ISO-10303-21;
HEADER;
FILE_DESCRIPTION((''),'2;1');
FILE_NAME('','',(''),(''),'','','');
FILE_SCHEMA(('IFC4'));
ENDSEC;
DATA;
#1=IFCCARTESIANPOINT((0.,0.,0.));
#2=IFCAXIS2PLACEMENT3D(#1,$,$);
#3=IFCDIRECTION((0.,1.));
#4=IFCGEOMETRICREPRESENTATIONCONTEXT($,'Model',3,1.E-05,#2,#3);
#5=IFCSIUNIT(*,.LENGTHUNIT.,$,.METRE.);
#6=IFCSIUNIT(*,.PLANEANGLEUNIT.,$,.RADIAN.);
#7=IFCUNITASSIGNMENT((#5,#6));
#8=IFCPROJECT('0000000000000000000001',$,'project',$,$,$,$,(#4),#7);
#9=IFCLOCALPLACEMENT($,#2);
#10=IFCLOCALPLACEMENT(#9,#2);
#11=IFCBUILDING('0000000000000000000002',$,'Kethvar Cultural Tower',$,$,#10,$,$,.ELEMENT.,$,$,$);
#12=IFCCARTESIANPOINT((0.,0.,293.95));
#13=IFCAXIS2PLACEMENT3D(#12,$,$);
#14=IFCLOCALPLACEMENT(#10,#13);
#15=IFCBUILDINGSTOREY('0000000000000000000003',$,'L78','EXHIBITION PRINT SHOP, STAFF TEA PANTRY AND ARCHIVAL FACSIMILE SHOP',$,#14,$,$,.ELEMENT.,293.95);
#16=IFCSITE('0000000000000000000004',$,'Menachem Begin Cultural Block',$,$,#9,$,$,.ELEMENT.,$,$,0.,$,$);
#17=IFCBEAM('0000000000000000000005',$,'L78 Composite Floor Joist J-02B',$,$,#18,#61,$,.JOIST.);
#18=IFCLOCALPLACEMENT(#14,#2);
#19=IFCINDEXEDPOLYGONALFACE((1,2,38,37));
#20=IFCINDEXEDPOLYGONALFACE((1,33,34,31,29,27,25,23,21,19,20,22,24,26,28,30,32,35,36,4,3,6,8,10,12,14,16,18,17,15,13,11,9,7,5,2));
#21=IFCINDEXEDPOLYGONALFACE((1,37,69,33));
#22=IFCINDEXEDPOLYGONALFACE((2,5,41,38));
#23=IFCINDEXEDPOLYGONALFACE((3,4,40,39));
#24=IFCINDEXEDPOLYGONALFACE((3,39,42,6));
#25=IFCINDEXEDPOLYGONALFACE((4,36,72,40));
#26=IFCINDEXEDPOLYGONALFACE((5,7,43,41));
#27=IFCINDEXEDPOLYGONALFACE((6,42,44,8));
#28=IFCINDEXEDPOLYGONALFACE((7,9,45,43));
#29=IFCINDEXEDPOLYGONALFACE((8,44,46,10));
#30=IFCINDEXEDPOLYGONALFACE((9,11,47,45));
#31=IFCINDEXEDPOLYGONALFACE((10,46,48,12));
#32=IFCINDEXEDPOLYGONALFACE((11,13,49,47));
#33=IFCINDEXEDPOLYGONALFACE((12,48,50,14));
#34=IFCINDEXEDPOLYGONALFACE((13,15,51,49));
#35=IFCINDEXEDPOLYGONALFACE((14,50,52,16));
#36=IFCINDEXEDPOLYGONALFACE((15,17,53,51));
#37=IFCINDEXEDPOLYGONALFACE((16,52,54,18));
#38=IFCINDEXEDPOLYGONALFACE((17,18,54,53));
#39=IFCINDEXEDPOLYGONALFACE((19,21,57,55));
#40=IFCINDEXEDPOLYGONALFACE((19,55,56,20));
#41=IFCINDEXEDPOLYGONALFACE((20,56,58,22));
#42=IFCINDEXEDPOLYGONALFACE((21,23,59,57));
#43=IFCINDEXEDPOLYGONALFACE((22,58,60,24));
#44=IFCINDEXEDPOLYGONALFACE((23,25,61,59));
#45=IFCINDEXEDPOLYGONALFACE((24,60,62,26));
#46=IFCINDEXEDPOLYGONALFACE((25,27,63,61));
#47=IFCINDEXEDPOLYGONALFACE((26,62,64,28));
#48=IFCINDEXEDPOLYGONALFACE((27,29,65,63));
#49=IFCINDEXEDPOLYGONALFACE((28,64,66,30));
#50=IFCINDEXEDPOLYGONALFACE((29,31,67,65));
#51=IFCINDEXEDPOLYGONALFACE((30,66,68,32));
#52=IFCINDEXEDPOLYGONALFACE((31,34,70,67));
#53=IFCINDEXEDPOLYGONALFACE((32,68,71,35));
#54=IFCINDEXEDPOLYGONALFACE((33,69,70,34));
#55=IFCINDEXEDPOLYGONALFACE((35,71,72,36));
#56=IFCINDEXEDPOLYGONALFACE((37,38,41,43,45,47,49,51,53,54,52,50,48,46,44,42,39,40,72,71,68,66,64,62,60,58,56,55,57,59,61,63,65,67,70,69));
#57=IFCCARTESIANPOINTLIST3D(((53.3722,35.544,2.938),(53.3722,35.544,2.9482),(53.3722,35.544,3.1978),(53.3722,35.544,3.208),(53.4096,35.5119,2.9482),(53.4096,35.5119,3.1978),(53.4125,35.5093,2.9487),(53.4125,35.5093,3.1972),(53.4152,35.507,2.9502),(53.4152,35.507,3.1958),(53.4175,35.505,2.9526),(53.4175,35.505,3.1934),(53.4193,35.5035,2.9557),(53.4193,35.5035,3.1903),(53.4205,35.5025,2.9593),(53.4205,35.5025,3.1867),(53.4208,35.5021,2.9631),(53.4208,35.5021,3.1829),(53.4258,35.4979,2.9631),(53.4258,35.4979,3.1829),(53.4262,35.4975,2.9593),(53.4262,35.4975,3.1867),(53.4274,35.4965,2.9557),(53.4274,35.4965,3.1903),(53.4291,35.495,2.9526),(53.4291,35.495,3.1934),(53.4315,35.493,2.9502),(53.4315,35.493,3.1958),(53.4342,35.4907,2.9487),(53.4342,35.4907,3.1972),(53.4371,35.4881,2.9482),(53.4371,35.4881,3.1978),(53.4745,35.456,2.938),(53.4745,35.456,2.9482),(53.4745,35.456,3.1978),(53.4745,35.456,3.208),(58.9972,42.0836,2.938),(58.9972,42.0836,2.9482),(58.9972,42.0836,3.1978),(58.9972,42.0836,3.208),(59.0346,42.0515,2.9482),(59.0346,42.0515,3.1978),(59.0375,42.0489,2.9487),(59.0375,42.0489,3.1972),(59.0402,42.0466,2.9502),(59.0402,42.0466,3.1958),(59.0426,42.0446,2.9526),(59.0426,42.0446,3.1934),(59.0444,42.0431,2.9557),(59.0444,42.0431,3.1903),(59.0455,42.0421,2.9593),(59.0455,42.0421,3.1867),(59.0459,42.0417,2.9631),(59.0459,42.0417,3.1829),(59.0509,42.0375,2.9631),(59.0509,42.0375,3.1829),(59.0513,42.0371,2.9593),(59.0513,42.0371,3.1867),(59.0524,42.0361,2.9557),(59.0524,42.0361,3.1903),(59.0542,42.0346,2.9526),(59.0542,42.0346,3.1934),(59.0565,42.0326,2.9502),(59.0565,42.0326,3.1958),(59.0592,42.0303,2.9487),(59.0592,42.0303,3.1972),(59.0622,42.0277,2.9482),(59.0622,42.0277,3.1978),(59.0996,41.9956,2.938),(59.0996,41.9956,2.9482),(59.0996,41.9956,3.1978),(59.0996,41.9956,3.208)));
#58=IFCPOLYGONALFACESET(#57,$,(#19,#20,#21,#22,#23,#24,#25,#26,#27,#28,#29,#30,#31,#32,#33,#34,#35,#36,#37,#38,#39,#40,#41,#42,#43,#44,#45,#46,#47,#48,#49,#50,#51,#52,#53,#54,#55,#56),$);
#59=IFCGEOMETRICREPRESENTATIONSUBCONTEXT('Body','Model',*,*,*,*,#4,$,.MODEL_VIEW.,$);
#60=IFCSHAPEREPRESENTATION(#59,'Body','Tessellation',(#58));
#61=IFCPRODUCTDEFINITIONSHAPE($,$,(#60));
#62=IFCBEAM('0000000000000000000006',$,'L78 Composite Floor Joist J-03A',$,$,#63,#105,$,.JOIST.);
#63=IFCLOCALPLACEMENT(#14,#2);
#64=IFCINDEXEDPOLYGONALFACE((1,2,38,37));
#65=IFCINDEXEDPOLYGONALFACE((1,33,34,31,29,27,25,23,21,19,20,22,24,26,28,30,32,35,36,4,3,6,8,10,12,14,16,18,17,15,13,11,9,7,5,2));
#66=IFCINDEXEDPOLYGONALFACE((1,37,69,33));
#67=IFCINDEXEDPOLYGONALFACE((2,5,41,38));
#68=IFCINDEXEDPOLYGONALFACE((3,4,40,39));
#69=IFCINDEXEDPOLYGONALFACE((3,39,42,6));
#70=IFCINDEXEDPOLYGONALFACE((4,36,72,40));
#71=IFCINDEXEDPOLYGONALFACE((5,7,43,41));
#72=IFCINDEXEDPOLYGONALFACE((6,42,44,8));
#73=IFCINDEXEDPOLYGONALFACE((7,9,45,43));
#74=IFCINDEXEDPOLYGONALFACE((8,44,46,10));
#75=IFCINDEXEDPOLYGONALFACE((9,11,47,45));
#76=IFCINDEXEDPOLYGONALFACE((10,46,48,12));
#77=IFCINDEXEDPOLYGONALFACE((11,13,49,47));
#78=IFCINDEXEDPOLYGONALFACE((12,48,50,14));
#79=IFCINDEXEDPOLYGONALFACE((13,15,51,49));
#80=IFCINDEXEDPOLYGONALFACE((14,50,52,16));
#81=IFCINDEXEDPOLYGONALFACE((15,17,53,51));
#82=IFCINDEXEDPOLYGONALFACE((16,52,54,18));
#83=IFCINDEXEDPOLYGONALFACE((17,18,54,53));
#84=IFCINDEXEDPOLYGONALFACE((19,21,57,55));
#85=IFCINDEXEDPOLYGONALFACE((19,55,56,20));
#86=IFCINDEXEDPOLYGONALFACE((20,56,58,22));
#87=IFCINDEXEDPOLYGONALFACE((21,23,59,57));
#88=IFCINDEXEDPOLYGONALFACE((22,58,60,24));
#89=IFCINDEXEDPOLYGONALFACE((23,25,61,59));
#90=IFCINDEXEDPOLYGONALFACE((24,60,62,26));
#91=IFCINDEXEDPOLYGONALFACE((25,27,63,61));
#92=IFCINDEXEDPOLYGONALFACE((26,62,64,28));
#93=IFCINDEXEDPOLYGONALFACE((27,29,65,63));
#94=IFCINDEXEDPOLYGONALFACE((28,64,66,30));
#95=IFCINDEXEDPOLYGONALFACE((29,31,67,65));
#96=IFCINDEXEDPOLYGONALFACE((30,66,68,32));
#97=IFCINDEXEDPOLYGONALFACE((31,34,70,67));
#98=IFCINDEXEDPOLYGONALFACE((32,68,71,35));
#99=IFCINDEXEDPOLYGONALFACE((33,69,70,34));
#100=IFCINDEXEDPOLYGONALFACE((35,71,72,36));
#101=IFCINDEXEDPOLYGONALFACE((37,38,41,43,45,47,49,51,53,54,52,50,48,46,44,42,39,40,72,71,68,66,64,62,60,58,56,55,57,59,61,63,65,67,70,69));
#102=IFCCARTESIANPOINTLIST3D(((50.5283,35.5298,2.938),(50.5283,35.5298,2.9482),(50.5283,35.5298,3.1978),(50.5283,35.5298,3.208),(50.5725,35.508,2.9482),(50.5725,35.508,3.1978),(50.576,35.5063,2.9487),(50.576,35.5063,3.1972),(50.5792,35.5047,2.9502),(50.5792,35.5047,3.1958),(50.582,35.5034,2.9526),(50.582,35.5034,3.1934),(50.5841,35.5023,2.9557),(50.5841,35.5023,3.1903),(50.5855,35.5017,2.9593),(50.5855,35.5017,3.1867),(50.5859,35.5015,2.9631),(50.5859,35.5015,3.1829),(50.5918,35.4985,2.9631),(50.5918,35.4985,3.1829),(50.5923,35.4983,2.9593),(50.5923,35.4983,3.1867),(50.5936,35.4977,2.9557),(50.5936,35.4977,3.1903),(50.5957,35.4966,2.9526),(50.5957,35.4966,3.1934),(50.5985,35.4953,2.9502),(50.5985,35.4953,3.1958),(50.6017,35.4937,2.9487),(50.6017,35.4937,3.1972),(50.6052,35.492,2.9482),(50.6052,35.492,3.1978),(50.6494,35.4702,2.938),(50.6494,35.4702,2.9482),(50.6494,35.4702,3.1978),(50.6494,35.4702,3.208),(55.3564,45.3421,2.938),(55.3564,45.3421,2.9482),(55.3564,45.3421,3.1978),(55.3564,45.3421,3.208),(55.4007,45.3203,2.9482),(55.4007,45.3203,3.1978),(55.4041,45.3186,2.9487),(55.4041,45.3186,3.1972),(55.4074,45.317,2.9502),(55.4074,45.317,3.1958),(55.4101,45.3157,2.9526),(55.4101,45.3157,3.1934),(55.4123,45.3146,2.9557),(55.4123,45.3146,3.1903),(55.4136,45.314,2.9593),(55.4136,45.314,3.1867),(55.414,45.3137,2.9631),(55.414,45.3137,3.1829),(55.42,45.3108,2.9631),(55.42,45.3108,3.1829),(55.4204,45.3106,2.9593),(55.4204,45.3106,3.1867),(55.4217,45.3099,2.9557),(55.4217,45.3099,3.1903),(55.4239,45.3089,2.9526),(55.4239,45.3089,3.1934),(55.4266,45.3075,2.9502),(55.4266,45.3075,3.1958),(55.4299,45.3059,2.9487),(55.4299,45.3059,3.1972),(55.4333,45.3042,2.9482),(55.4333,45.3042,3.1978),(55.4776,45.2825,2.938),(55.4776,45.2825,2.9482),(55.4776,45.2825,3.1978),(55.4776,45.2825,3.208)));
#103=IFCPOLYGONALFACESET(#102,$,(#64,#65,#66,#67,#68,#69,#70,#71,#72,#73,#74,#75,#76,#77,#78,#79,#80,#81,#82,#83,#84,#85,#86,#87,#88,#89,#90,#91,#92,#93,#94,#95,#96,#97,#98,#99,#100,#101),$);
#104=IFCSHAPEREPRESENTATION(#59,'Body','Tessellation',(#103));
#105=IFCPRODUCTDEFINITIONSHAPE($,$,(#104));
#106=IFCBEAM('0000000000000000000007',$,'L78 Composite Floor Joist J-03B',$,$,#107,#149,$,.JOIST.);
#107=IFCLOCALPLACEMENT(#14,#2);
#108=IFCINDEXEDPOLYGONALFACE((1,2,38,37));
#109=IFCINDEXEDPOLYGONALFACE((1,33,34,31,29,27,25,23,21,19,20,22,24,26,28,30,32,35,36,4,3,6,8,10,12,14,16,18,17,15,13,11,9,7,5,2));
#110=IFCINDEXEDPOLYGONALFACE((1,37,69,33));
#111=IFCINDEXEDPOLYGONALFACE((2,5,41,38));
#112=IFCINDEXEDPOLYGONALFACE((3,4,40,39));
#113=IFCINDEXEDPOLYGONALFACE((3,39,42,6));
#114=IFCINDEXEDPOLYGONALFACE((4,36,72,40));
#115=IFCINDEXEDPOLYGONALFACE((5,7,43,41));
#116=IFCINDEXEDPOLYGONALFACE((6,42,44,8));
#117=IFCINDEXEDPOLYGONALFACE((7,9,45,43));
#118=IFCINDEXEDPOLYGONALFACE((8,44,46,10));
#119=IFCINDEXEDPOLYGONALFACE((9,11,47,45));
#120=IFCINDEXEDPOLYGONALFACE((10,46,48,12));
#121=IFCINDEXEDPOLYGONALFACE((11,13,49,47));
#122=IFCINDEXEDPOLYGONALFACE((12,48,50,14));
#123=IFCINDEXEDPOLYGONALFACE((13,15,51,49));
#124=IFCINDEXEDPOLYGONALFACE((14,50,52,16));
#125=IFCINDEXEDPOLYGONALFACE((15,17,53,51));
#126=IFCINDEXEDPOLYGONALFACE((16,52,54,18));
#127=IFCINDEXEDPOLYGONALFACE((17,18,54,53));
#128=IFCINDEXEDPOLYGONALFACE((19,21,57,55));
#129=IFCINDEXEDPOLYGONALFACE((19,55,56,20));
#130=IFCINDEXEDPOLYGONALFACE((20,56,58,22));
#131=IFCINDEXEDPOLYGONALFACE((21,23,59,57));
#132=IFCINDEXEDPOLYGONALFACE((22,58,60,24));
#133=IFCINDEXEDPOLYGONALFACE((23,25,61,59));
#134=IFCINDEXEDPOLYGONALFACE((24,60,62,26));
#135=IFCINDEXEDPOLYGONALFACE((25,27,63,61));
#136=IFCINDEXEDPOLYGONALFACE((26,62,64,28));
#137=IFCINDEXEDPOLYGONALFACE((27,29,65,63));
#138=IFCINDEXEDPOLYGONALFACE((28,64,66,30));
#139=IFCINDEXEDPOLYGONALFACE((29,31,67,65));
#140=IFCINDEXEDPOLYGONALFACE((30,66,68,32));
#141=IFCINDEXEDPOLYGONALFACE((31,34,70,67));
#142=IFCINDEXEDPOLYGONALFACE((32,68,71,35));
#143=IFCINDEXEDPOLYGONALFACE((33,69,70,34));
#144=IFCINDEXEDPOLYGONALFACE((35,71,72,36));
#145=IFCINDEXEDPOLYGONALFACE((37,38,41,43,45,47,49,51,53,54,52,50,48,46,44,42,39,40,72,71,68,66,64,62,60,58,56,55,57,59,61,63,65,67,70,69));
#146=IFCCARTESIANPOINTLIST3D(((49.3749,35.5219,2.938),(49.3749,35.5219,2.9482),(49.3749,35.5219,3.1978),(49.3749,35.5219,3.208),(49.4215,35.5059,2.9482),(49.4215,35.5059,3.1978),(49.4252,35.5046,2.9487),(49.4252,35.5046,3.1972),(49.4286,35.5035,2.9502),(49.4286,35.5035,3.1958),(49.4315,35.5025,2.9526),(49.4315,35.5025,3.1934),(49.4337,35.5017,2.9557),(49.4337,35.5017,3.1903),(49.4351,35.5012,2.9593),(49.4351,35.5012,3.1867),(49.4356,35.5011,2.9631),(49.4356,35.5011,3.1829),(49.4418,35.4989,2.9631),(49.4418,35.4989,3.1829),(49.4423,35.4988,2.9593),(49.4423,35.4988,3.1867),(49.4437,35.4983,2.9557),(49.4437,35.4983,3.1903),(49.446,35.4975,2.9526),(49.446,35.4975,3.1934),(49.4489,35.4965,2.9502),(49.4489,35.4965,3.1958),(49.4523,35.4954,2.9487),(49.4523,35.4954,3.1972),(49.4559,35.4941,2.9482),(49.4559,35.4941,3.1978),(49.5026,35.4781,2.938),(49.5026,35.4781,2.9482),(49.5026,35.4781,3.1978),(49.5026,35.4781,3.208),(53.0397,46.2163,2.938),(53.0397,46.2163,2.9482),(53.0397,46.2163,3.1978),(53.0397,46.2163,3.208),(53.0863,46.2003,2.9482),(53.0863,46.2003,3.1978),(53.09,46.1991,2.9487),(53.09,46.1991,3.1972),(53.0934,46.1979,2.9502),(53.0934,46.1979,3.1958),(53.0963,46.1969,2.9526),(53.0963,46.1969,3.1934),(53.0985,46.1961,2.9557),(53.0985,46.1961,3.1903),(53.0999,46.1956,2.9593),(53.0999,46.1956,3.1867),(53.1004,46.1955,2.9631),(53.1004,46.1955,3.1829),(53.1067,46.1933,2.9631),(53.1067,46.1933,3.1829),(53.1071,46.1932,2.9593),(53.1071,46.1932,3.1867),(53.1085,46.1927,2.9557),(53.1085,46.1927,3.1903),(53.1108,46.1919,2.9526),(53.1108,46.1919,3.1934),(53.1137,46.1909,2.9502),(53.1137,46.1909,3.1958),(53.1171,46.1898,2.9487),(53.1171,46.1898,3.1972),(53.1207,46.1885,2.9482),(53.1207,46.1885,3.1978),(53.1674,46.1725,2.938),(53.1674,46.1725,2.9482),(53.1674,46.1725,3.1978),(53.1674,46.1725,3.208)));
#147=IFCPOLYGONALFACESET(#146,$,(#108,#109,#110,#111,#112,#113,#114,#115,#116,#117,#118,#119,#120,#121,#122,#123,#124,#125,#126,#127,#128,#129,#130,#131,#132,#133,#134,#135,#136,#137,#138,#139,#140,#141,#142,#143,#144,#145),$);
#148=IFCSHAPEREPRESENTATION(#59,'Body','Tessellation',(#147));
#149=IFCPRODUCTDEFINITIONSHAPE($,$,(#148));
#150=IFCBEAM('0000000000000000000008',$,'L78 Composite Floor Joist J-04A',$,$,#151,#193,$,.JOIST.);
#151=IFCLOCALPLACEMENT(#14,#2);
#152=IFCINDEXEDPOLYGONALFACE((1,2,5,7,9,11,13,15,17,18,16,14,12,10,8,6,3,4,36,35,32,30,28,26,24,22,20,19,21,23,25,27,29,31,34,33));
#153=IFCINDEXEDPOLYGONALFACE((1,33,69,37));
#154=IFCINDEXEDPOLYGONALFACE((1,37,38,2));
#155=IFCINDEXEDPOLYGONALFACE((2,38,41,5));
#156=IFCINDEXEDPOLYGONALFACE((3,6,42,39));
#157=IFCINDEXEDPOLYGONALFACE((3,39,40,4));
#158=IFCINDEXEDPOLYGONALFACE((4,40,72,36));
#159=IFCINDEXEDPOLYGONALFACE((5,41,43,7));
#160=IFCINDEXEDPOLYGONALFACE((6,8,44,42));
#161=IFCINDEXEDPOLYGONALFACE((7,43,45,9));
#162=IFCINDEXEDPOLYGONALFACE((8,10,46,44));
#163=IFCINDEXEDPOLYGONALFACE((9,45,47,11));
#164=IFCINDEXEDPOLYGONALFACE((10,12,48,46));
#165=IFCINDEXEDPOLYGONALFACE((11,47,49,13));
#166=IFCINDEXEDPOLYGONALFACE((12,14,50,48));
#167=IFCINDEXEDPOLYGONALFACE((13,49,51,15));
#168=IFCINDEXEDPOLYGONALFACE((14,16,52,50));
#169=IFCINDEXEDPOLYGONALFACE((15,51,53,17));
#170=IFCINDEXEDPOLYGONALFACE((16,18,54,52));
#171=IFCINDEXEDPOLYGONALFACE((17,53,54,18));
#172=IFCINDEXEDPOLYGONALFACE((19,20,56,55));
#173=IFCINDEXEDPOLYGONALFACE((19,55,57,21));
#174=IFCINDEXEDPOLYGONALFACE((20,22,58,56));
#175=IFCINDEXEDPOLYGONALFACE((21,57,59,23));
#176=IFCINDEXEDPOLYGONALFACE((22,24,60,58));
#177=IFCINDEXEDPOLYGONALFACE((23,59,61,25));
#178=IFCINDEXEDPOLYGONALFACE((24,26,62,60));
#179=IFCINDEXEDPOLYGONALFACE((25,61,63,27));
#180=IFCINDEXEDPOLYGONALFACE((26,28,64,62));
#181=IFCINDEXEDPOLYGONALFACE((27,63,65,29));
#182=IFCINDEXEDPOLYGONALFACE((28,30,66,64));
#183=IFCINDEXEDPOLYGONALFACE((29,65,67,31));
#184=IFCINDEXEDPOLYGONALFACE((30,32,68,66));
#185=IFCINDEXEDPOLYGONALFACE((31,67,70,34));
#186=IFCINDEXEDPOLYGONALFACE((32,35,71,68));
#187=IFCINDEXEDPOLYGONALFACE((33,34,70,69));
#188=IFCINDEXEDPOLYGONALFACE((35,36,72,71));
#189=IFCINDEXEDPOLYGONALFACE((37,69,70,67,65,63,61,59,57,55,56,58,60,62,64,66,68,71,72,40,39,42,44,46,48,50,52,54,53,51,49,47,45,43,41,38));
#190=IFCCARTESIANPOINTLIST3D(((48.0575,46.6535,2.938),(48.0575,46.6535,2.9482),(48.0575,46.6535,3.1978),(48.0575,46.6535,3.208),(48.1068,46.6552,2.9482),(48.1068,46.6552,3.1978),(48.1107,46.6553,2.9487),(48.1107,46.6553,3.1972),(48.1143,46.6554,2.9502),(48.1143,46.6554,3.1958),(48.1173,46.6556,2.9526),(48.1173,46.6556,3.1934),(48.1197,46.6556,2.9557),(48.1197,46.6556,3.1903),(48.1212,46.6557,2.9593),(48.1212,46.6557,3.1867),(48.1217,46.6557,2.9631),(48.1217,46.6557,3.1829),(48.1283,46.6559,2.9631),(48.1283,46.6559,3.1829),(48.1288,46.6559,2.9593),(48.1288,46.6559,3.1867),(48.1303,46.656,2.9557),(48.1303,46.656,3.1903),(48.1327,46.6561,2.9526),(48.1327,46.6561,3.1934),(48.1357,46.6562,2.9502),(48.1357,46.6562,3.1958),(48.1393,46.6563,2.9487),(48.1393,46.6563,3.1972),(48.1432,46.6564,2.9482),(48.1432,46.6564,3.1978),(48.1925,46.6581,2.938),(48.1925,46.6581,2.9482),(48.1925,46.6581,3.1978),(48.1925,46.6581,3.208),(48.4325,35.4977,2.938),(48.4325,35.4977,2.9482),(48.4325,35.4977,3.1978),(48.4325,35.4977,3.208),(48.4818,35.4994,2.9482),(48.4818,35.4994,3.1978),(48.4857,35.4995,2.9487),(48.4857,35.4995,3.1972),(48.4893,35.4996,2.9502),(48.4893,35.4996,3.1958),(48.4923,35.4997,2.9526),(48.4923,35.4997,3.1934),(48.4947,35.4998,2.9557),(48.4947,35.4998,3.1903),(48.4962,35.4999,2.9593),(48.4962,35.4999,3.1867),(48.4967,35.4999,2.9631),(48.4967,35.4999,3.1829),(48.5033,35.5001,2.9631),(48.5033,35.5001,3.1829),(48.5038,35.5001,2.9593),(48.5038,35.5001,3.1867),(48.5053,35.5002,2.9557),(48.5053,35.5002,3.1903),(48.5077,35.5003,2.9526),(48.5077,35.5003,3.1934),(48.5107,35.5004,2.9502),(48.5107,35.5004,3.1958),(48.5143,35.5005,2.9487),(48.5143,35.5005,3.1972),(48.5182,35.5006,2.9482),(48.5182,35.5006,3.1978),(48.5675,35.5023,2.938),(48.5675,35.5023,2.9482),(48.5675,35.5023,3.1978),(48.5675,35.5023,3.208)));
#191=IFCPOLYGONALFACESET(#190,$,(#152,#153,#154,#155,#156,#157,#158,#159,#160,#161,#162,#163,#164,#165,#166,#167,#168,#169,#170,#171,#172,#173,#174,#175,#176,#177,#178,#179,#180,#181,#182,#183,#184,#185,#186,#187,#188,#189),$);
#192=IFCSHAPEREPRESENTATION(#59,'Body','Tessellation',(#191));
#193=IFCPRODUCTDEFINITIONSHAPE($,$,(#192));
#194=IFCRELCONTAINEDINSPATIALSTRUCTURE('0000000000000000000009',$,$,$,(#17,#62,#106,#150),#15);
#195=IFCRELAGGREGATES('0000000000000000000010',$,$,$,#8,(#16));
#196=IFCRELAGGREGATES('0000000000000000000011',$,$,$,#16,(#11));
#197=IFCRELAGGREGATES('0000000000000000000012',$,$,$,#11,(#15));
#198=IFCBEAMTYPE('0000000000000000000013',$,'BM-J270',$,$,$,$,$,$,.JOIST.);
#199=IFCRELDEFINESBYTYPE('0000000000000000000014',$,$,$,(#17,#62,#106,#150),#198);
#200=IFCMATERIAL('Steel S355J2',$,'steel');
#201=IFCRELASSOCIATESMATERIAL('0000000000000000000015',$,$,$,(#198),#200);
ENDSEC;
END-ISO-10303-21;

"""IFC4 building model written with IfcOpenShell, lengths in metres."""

from ifc_helpers import new_model, si_unit, direction, frame, origin, origin_2d, place, context, subcontext, project, spatial, i_section, extrude, source, transform, mapped, material, material_profile, profile_set, type_object, element, save


model = new_model("IFC4")

# Units and contexts
model_context = context("Model", 3, precision=1e-05, world=origin(), true_north=direction((0.0, 1.0)))
body_context = subcontext(model_context, "Body", "Model", "MODEL_VIEW")
ifc_project = project(units=[si_unit("LENGTHUNIT", "METRE"), si_unit("PLANEANGLEUNIT", "RADIAN")], contexts=[model_context])

# Site, building, storey
site_placement = place(None, origin())
site = spatial("IfcSite", under=ifc_project, at=site_placement, Name="Menachem Begin Cultural Block", CompositionType="ELEMENT", RefElevation=0.0)
building_placement = place(site_placement, origin())
building = spatial("IfcBuilding", under=site, at=building_placement, Name="Kethvar Cultural Tower", CompositionType="ELEMENT")
storey_placement = place(building_placement, frame((0.0, 0.0, 293.95)))
storey = spatial("IfcBuildingStorey", under=building, at=storey_placement, Name="L78", Description="EXHIBITION PRINT SHOP, STAFF TEA PANTRY AND ARCHIVAL FACSIMILE SHOP", CompositionType="ELEMENT", Elevation=293.95)

# Beams
ifc_material_1 = material(Name="Steel S355J2", Category="steel")
ifc_material_profile_1 = material_profile(ifc_material_1, i_section(OverallWidth=0.135, OverallDepth=0.27, WebThickness=0.0066, FlangeThickness=0.0103, FilletRadius=0.0149, at=origin_2d()), Name="Steel S355J2 — IPE270")
ifc_profile_set_1 = profile_set([ifc_material_profile_1], Name="Steel S355J2 — IPE270")
beam_type_1 = type_object("IfcBeamType", Name="BM-J270", PredefinedType="JOIST", material=ifc_profile_set_1)
shared_shape_1 = source(origin(), body_context, "Body", "SweptSolid", [
    extrude(i_section(OverallWidth=0.135, OverallDepth=0.27, WebThickness=0.0066, FlangeThickness=0.0103, FilletRadius=0.0149, at=origin_2d()), origin(), (0.0, 0.0, 1.0), 8.626),
])
beam_1_placement = place(storey_placement, frame((53.4233, 35.5, 3.073), z_axis=(0.652105, 0.758129, 0.0), x_axis=(-0.758129, 0.652105, 0.0)))
element("IfcBeam", 1, at=beam_1_placement, inside=storey, type_object=beam_type_1, Name="L78 Composite Floor Joist J-02B", PredefinedType="JOIST", context=body_context, shape_type="MappedRepresentation", body=[
    mapped(shared_shape_1, transform((0.0, 0.0, 0.0), scale=1.0)),
])
shared_shape_2 = source(origin(), body_context, "Body", "SweptSolid", [
    extrude(i_section(OverallWidth=0.135, OverallDepth=0.27, WebThickness=0.0066, FlangeThickness=0.0103, FilletRadius=0.0149, at=origin_2d()), origin(), (0.0, 0.0, 1.0), 10.9358),
])
beam_2_placement = place(storey_placement, frame((50.5889, 35.5, 3.073), z_axis=(0.441498, 0.897262, 0.0), x_axis=(-0.897262, 0.441498, 0.0)))
element("IfcBeam", 2, at=beam_2_placement, inside=storey, type_object=beam_type_1, Name="L78 Composite Floor Joist J-03A", PredefinedType="JOIST", context=body_context, shape_type="MappedRepresentation", body=[
    mapped(shared_shape_2, transform((0.0, 0.0, 0.0), scale=1.0)),
])
shared_shape_3 = source(origin(), body_context, "Body", "SweptSolid", [
    extrude(i_section(OverallWidth=0.135, OverallDepth=0.27, WebThickness=0.0066, FlangeThickness=0.0103, FilletRadius=0.0149, at=origin_2d()), origin(), (0.0, 0.0, 1.0), 11.3049),
])
beam_3_placement = place(storey_placement, frame((49.4387, 35.5, 3.073), z_axis=(0.324179, 0.945996, 0.0), x_axis=(-0.945996, 0.324179, 0.0)))
element("IfcBeam", 3, at=beam_3_placement, inside=storey, type_object=beam_type_1, Name="L78 Composite Floor Joist J-03B", PredefinedType="JOIST", context=body_context, shape_type="MappedRepresentation", body=[
    mapped(shared_shape_3, transform((0.0, 0.0, 0.0), scale=1.0)),
])
shared_shape_4 = source(origin(), body_context, "Body", "SweptSolid", [
    extrude(i_section(OverallWidth=0.135, OverallDepth=0.27, WebThickness=0.0066, FlangeThickness=0.0103, FilletRadius=0.0149, at=origin_2d()), origin(), (0.0, 0.0, 1.0), 11.1621),
])
beam_4_placement = place(storey_placement, frame((48.5, 35.5, 3.073), z_axis=(-0.033596, 0.999435, 0.0), x_axis=(-0.999435, -0.033596, 0.0)))
element("IfcBeam", 4, at=beam_4_placement, inside=storey, type_object=beam_type_1, Name="L78 Composite Floor Joist J-04A", PredefinedType="JOIST", context=body_context, shape_type="MappedRepresentation", body=[
    mapped(shared_shape_4, transform((0.0, 0.0, 0.0), scale=1.0)),
])

save(model, "model.ifc")
